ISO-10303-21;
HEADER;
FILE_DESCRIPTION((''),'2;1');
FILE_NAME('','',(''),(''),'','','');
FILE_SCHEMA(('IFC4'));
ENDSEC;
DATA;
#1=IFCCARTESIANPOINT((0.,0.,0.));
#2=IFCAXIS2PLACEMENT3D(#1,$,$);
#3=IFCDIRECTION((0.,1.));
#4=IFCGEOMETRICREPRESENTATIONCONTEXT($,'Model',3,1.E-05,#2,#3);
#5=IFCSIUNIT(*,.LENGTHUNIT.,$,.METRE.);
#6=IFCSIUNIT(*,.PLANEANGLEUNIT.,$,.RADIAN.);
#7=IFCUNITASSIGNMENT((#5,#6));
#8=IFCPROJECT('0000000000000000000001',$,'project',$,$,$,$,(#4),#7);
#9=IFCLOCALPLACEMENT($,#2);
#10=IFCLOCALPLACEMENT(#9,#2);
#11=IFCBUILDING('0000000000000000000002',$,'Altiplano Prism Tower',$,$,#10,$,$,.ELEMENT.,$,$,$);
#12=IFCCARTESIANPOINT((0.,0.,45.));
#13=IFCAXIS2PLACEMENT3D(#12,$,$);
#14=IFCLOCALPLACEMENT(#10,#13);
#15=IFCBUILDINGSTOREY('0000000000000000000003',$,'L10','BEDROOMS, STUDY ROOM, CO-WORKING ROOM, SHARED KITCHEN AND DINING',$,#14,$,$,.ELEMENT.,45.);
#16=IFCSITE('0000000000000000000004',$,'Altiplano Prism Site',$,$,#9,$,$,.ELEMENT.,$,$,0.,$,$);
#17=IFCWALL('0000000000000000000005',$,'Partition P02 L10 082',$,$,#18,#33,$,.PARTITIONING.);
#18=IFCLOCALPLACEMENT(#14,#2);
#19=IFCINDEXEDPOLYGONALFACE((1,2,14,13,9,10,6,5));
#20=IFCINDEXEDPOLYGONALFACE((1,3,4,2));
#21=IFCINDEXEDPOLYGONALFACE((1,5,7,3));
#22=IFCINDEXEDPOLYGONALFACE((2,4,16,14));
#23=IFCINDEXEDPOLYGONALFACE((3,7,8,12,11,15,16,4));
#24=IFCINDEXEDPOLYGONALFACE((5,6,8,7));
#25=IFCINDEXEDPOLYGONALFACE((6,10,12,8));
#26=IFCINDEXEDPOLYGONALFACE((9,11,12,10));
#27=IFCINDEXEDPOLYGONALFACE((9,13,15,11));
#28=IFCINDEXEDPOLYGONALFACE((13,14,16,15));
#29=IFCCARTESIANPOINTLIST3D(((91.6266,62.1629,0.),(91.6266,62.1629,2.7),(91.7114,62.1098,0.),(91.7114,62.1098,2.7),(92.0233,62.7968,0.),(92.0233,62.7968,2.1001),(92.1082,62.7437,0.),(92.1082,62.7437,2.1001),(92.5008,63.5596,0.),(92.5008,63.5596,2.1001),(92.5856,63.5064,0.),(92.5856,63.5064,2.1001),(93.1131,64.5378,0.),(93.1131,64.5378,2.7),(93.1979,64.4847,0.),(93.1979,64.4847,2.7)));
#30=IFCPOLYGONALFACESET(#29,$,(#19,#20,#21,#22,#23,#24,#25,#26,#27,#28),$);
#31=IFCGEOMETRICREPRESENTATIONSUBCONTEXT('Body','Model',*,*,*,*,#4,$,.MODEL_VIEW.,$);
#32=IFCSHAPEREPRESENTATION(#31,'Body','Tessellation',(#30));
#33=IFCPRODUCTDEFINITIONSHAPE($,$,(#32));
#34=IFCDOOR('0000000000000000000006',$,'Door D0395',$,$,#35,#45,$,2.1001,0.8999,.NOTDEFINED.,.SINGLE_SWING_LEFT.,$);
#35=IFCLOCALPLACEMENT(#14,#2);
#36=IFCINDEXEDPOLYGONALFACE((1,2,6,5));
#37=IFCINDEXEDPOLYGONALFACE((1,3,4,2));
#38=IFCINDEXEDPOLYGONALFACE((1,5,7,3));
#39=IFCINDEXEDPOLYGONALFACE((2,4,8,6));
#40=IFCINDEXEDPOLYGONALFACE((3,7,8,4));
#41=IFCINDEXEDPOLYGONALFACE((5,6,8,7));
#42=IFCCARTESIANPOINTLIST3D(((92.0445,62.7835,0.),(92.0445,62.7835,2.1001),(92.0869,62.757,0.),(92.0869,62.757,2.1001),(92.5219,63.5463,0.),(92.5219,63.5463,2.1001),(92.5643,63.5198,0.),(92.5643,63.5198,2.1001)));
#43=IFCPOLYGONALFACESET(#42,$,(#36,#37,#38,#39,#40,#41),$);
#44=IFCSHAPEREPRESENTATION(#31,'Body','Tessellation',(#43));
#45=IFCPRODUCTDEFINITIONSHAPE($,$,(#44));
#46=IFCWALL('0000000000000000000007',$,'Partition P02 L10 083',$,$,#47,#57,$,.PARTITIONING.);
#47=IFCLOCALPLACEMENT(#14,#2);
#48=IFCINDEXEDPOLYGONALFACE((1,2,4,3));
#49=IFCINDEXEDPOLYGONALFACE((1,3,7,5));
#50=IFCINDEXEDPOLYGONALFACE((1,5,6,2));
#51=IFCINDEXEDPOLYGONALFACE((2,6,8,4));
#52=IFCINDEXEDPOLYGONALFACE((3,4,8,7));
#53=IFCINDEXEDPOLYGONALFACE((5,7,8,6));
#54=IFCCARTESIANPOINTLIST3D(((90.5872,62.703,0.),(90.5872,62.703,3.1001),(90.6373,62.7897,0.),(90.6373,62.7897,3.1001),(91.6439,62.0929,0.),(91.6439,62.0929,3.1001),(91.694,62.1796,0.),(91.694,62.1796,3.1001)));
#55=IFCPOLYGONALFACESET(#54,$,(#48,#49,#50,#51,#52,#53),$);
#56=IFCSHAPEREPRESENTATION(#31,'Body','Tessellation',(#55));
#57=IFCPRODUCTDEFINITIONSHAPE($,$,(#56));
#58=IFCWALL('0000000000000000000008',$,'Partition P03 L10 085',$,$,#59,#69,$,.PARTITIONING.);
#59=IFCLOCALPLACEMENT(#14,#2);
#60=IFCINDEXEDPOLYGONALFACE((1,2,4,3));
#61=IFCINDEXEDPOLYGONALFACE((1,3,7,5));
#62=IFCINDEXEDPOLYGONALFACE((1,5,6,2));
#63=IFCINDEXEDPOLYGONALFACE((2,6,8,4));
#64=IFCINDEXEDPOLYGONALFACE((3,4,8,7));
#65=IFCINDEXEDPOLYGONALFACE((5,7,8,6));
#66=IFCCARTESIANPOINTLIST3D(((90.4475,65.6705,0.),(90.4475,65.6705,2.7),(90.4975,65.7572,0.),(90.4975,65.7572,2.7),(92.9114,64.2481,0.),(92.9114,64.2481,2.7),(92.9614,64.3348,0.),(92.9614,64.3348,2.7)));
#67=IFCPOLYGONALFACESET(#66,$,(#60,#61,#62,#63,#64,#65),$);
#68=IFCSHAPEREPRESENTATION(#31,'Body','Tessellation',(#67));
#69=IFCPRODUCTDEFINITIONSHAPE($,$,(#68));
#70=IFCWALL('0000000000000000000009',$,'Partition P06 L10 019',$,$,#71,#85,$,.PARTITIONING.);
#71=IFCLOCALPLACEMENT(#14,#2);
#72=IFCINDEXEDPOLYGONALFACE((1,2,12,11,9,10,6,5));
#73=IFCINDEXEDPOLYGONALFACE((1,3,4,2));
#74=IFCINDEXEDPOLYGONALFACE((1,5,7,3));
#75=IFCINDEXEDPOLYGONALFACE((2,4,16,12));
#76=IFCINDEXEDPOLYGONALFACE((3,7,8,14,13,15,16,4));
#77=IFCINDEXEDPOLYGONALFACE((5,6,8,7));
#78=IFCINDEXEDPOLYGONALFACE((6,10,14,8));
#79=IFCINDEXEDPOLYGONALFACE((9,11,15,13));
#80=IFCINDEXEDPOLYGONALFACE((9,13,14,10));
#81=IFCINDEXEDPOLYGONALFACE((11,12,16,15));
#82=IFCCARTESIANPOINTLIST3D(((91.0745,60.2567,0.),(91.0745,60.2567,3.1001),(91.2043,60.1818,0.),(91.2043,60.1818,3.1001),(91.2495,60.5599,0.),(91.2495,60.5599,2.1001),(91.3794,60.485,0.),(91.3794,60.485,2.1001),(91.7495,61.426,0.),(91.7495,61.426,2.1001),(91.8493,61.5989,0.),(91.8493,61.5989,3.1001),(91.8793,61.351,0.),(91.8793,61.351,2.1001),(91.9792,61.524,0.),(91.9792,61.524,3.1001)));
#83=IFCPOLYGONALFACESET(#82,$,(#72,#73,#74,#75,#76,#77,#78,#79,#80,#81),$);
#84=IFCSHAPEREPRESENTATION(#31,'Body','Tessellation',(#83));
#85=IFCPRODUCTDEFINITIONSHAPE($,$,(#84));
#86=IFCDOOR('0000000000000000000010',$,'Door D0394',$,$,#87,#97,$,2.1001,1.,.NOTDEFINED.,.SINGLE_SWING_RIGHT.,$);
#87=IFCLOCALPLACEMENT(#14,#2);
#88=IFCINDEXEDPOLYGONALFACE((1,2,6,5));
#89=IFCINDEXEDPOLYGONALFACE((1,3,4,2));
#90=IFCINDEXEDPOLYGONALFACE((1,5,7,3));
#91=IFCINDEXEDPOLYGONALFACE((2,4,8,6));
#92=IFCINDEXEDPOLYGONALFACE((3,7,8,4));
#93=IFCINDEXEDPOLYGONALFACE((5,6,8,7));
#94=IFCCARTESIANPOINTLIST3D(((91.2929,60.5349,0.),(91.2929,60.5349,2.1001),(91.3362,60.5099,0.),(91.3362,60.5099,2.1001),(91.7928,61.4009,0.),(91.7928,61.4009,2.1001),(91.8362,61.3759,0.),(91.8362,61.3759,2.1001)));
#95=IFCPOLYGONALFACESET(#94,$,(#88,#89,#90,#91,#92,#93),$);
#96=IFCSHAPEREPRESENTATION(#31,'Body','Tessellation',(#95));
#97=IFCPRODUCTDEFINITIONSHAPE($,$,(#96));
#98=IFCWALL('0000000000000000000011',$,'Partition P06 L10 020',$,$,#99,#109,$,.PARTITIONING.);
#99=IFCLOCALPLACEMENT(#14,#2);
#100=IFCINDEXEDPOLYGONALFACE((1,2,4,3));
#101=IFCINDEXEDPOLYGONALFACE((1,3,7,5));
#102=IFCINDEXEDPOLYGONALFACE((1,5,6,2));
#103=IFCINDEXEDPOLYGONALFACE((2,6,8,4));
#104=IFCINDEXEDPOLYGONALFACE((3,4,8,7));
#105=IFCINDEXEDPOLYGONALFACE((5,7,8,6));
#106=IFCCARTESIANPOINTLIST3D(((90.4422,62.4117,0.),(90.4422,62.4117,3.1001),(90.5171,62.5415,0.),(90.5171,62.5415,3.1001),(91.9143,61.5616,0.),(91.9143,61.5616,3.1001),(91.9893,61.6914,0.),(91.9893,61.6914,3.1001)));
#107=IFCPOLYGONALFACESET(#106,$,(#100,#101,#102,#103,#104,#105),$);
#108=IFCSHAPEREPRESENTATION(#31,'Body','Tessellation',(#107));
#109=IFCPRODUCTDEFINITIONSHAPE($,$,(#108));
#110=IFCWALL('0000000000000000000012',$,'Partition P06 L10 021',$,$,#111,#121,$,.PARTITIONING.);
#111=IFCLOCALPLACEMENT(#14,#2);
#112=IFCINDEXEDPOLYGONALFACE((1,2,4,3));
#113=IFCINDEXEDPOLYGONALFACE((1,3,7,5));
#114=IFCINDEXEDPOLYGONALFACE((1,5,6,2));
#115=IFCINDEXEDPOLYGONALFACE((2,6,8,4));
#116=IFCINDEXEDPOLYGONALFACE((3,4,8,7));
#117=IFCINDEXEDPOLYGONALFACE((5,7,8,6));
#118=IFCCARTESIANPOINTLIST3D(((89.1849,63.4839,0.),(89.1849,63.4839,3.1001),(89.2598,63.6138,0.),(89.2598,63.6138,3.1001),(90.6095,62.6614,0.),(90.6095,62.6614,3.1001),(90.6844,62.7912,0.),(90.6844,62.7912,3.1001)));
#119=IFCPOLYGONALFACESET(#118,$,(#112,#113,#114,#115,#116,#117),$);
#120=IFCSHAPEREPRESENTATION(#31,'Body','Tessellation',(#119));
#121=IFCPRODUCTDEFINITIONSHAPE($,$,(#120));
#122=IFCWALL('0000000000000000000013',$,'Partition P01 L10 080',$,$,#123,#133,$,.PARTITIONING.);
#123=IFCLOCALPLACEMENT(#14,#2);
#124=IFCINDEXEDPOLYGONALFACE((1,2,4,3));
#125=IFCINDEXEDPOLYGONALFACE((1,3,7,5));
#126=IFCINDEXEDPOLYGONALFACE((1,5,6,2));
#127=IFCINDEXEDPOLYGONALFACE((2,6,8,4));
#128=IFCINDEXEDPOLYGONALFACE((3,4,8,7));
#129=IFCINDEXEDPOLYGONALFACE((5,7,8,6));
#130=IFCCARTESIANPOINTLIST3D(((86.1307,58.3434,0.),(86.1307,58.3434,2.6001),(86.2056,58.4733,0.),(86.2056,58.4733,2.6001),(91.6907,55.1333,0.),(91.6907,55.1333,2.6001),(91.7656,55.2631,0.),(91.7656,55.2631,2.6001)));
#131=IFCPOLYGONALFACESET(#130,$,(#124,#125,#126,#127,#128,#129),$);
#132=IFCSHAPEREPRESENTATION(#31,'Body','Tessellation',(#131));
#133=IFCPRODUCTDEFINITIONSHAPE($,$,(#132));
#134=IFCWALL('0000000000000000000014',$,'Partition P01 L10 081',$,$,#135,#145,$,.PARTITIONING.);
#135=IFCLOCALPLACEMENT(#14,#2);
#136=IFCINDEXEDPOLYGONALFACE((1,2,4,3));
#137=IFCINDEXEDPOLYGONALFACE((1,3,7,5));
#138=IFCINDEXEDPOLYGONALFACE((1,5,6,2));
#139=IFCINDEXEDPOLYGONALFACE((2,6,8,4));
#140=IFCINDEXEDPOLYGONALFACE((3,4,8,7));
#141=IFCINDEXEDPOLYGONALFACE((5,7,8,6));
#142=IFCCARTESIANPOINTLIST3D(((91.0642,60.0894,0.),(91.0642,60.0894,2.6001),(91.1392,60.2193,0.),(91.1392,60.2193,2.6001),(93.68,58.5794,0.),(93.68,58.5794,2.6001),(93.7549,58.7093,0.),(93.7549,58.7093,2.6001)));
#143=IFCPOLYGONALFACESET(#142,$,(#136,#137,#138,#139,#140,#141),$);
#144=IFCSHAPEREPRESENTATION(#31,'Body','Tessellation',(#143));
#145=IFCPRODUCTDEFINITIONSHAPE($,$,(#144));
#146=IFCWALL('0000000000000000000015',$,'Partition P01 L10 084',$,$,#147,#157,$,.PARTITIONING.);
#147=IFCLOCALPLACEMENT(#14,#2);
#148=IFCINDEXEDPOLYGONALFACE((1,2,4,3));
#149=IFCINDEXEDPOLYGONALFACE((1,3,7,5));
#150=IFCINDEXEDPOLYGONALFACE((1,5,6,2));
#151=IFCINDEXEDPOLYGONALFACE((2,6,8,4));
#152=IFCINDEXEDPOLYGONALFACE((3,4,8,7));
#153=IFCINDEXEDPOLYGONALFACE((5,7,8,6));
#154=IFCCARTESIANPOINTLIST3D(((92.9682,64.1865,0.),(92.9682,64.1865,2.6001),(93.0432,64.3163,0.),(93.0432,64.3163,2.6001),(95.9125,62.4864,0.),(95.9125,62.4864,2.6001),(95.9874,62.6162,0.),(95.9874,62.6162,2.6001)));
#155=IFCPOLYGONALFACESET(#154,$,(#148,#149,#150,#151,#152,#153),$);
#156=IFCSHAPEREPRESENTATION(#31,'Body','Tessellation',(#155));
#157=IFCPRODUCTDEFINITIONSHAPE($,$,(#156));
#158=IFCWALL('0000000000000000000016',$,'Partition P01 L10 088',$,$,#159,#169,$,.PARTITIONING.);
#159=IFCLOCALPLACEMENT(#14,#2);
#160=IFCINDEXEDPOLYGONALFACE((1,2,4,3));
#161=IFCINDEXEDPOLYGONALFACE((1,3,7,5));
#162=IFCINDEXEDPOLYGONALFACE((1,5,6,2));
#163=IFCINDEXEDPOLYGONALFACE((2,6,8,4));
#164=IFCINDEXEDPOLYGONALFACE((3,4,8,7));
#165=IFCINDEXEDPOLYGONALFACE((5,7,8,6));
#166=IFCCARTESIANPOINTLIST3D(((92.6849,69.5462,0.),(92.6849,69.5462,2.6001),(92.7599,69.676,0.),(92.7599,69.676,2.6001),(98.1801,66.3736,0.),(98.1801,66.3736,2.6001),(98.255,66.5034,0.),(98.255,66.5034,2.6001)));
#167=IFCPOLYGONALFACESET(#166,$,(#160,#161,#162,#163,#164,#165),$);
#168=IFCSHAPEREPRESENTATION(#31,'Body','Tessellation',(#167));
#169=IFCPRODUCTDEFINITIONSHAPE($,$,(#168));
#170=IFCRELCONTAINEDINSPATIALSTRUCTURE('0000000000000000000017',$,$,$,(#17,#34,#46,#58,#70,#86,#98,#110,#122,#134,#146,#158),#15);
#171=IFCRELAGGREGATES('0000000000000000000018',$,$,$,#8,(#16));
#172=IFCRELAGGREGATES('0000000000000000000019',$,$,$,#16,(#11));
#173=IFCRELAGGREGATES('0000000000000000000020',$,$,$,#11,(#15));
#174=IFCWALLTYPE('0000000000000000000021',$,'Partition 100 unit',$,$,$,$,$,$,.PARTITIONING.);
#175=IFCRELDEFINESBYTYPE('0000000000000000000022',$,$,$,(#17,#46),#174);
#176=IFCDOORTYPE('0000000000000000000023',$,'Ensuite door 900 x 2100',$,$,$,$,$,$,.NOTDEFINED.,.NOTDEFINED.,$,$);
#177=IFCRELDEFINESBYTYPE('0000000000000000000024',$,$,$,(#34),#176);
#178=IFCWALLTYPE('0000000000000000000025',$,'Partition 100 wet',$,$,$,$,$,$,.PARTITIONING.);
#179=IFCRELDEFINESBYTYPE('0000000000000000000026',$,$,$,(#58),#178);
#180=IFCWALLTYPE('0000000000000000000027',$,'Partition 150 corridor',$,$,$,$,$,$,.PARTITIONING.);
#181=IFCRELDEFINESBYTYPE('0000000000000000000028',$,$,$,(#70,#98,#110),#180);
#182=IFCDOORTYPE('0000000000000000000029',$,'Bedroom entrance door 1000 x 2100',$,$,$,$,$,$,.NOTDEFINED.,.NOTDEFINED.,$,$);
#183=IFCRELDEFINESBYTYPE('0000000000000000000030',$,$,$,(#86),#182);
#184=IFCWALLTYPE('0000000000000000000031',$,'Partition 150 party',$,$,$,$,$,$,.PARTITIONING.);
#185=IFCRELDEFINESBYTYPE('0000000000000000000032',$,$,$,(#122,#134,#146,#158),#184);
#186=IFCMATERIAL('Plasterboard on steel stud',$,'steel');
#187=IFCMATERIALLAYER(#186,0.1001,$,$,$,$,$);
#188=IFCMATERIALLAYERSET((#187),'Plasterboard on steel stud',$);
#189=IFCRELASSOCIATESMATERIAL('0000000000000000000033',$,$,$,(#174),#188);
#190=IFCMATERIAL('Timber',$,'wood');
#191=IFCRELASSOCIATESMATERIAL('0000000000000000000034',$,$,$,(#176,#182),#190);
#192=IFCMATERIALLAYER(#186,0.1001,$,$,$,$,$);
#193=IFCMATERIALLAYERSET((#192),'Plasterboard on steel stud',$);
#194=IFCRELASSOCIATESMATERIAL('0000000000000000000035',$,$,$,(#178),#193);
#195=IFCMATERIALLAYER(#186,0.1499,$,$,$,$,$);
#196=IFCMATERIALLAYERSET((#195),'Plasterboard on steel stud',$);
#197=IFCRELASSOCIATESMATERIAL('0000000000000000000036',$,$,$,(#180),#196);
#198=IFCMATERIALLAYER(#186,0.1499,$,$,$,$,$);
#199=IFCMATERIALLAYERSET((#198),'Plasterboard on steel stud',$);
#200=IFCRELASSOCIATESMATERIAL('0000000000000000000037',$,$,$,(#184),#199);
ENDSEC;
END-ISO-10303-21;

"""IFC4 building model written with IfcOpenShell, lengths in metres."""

from ifc_helpers import new_model, si_unit, direction, frame, frame_2d, origin, place, context, subcontext, project, spatial, rectangle, extrude, material, layer, layer_set, type_object, element, fill, save


model = new_model("IFC4")

# Units and contexts
model_context = context("Model", 3, precision=1e-05, world=origin(), true_north=direction((0.0, 1.0)))
body_context = subcontext(model_context, "Body", "Model", "MODEL_VIEW")
ifc_project = project(units=[si_unit("LENGTHUNIT", "METRE"), si_unit("PLANEANGLEUNIT", "RADIAN")], contexts=[model_context])

# Site, building, storey
site_placement = place(None, origin())
site = spatial("IfcSite", under=ifc_project, at=site_placement, Name="Altiplano Prism Site", CompositionType="ELEMENT", RefElevation=0.0)
building_placement = place(site_placement, origin())
building = spatial("IfcBuilding", under=site, at=building_placement, Name="Altiplano Prism Tower", CompositionType="ELEMENT")
storey_placement = place(building_placement, frame((0.0, 0.0, 45.0)))
storey = spatial("IfcBuildingStorey", under=building, at=storey_placement, Name="L10", Description="BEDROOMS, STUDY ROOM, CO-WORKING ROOM, SHARED KITCHEN AND DINING", CompositionType="ELEMENT", Elevation=45.0)

# Wall, opening, door
ifc_material_1 = material(Name="Plasterboard on steel stud", Category="steel")
ifc_layer_1 = layer(ifc_material_1, 0.1001)
ifc_layer_set_1 = layer_set([ifc_layer_1], Name="Plasterboard on steel stud")
wall_type_1 = type_object("IfcWallType", Name="Partition 100 unit", PredefinedType="PARTITIONING", material=ifc_layer_set_1)
wall_1_placement = place(storey_placement, frame((93.1555, 64.5112, 0.0), z_axis=(0.0, 0.0, 1.0), x_axis=(-0.530563, -0.847646, 0.0)))
wall_1 = element("IfcWall", 1, at=wall_1_placement, inside=storey, type_object=wall_type_1, Name="Partition P02 L10 082", PredefinedType="PARTITIONING", context=body_context, shape_type="SweptSolid", body=[
    extrude(rectangle(XDim=2.8018, YDim=0.1001, at=frame_2d((1.4009, 0.0))), origin(), (0.0, 0.0, 1.0), 2.7),
])
opening_1_placement = place(wall_1_placement, frame((1.1541, 0.0, 0.0)))
opening_1 = element("IfcOpeningElement", 2, at=opening_1_placement, cuts=wall_1, PredefinedType="OPENING", context=body_context, shape_type="SweptSolid", body=[
    extrude(rectangle(XDim=0.8999, YDim=2.1001, at=frame_2d((0.45, 1.05))), frame((0.0, 0.0605, 0.0), z_axis=(0.0, -1.0, 0.0), x_axis=(1.0, 0.0, 0.0)), (0.0, 0.0, 1.0), 0.1211),
])
ifc_material_2 = material(Name="Timber", Category="wood")
door_type_1 = type_object("IfcDoorType", Name="Ensuite door 900 x 2100", OperationType="NOTDEFINED", PredefinedType="NOTDEFINED", material=ifc_material_2)
door_1_placement = place(opening_1_placement, origin())
door_1 = element("IfcDoor", 3, at=door_1_placement, inside=storey, type_object=door_type_1, Name="Door D0395", OperationType="SINGLE_SWING_LEFT", OverallHeight=2.1001, OverallWidth=0.8999, PredefinedType="NOTDEFINED", context=body_context, shape_type="SweptSolid", body=[
    extrude(rectangle(XDim=0.8999, YDim=2.1001, at=frame_2d((0.45, 1.05))), frame((0.0, 0.0249, 0.0), z_axis=(0.0, -1.0, 0.0), x_axis=(1.0, 0.0, 0.0)), (0.0, 0.0, 1.0), 0.05),
])
fill(opening_1, door_1)

# Walls
wall_2_placement = place(storey_placement, frame((91.6689, 62.1362, 0.0), z_axis=(0.0, 0.0, 1.0), x_axis=(-0.866006, 0.500034, 0.0)))
element("IfcWall", 4, at=wall_2_placement, inside=storey, type_object=wall_type_1, Name="Partition P02 L10 083", PredefinedType="PARTITIONING", context=body_context, shape_type="SweptSolid", body=[
    extrude(rectangle(XDim=1.2202, YDim=0.1001, at=frame_2d((0.6101, 0.0))), origin(), (0.0, 0.0, 1.0), 3.1001),
])
ifc_layer_2 = layer(ifc_material_1, 0.1001)
ifc_layer_set_2 = layer_set([ifc_layer_2], Name="Plasterboard on steel stud")
wall_type_2 = type_object("IfcWallType", Name="Partition 100 wet", PredefinedType="PARTITIONING", material=ifc_layer_set_2)
wall_3_placement = place(storey_placement, frame((92.9363, 64.2915, 0.0), z_axis=(0.0, 0.0, 1.0), x_axis=(-0.866048, 0.49996, 0.0)))
element("IfcWall", 5, at=wall_3_placement, inside=storey, type_object=wall_type_2, Name="Partition P03 L10 085", PredefinedType="PARTITIONING", context=body_context, shape_type="SweptSolid", body=[
    extrude(rectangle(XDim=2.845, YDim=0.1001, at=frame_2d((1.4224, 0.0))), origin(), (0.0, 0.0, 1.0), 2.7),
])

# Wall, opening, door
ifc_layer_3 = layer(ifc_material_1, 0.1499)
ifc_layer_set_3 = layer_set([ifc_layer_3], Name="Plasterboard on steel stud")
wall_type_3 = type_object("IfcWallType", Name="Partition 150 corridor", PredefinedType="PARTITIONING", material=ifc_layer_set_3)
wall_4_placement = place(storey_placement, frame((91.1394, 60.2192, 0.0), z_axis=(0.0, 0.0, 1.0), x_axis=(0.499968, 0.866044, 0.0)))
wall_4 = element("IfcWall", 6, at=wall_4_placement, inside=storey, type_object=wall_type_3, Name="Partition P06 L10 019", PredefinedType="PARTITIONING", context=body_context, shape_type="SweptSolid", body=[
    extrude(rectangle(XDim=1.5498, YDim=0.1499, at=frame_2d((0.7749, 0.0))), origin(), (0.0, 0.0, 1.0), 3.1001),
])
opening_2_placement = place(wall_4_placement, frame((0.3501, 0.0, 0.0)))
opening_2 = element("IfcOpeningElement", 7, at=opening_2_placement, cuts=wall_4, PredefinedType="OPENING", context=body_context, shape_type="SweptSolid", body=[
    extrude(rectangle(XDim=1.0, YDim=2.1001, at=frame_2d((0.5, 1.05))), frame((0.0, 0.0854, 0.0), z_axis=(0.0, -1.0, 0.0), x_axis=(1.0, 0.0, 0.0)), (0.0, 0.0, 1.0), 0.1709),
])
door_type_2 = type_object("IfcDoorType", Name="Bedroom entrance door 1000 x 2100", OperationType="NOTDEFINED", PredefinedType="NOTDEFINED", material=ifc_material_2)
door_2_placement = place(opening_2_placement, origin())
door_2 = element("IfcDoor", 8, at=door_2_placement, inside=storey, type_object=door_type_2, Name="Door D0394", OperationType="SINGLE_SWING_RIGHT", OverallHeight=2.1001, OverallWidth=1.0, PredefinedType="NOTDEFINED", context=body_context, shape_type="SweptSolid", body=[
    extrude(rectangle(XDim=1.0, YDim=2.1001, at=frame_2d((0.5, 1.05))), frame((0.0, 0.0249, 0.0), z_axis=(0.0, -1.0, 0.0), x_axis=(1.0, 0.0, 0.0)), (0.0, 0.0, 1.0), 0.05),
])
fill(opening_2, door_2)

# Walls
wall_5_placement = place(storey_placement, frame((91.9519, 61.6265, 0.0), z_axis=(0.0, 0.0, 1.0), x_axis=(-0.865989, 0.500062, 0.0)))
element("IfcWall", 9, at=wall_5_placement, inside=storey, type_object=wall_type_3, Name="Partition P06 L10 020", PredefinedType="PARTITIONING", context=body_context, shape_type="SweptSolid", body=[
    extrude(rectangle(XDim=1.7, YDim=0.1499, at=frame_2d((0.8501, 0.0))), origin(), (0.0, 0.0, 1.0), 3.1001),
])
wall_6_placement = place(storey_placement, frame((90.647, 62.7263, 0.0), z_axis=(0.0, 0.0, 1.0), x_axis=(-0.866015, 0.500018, 0.0)))
element("IfcWall", 10, at=wall_6_placement, inside=storey, type_object=wall_type_3, Name="Partition P06 L10 021", PredefinedType="PARTITIONING", context=body_context, shape_type="SweptSolid", body=[
    extrude(rectangle(XDim=1.645, YDim=0.1499, at=frame_2d((0.8225, 0.0))), origin(), (0.0, 0.0, 1.0), 3.1001),
])
ifc_layer_4 = layer(ifc_material_1, 0.1499)
ifc_layer_set_4 = layer_set([ifc_layer_4], Name="Plasterboard on steel stud")
wall_type_4 = type_object("IfcWallType", Name="Partition 150 party", PredefinedType="PARTITIONING", material=ifc_layer_set_4)
wall_7_placement = place(storey_placement, frame((91.728, 55.1982, 0.0), z_axis=(0.0, 0.0, 1.0), x_axis=(-0.866018, 0.500012, 0.0)))
element("IfcWall", 11, at=wall_7_placement, inside=storey, type_object=wall_type_4, Name="Partition P01 L10 080", PredefinedType="PARTITIONING", context=body_context, shape_type="SweptSolid", body=[
    extrude(rectangle(XDim=6.4202, YDim=0.1499, at=frame_2d((3.21, 0.0))), origin(), (0.0, 0.0, 1.0), 2.6001),
])
wall_8_placement = place(storey_placement, frame((93.7175, 58.6443, 0.0), z_axis=(0.0, 0.0, 1.0), x_axis=(-0.866051, 0.499956, 0.0)))
element("IfcWall", 12, at=wall_8_placement, inside=storey, type_object=wall_type_4, Name="Partition P01 L10 081", PredefinedType="PARTITIONING", context=body_context, shape_type="SweptSolid", body=[
    extrude(rectangle(XDim=3.0203, YDim=0.1499, at=frame_2d((1.5103, 0.0))), origin(), (0.0, 0.0, 1.0), 2.6001),
])
wall_9_placement = place(storey_placement, frame((95.95, 62.5513, 0.0), z_axis=(0.0, 0.0, 1.0), x_axis=(-0.865989, 0.500062, 0.0)))
element("IfcWall", 13, at=wall_9_placement, inside=storey, type_object=wall_type_4, Name="Partition P01 L10 084", PredefinedType="PARTITIONING", context=body_context, shape_type="SweptSolid", body=[
    extrude(rectangle(XDim=3.3999, YDim=0.1499, at=frame_2d((1.7, 0.0))), origin(), (0.0, 0.0, 1.0), 2.6001),
])
wall_10_placement = place(storey_placement, frame((98.2175, 66.4385, 0.0), z_axis=(0.0, 0.0, 1.0), x_axis=(-0.866025, 0.5, 0.0)))
element("IfcWall", 14, at=wall_10_placement, inside=storey, type_object=wall_type_4, Name="Partition P01 L10 088", PredefinedType="PARTITIONING", context=body_context, shape_type="SweptSolid", body=[
    extrude(rectangle(XDim=6.3452, YDim=0.1499, at=frame_2d((3.1726, 0.0))), origin(), (0.0, 0.0, 1.0), 2.6001),
])

save(model, "model.ifc")
